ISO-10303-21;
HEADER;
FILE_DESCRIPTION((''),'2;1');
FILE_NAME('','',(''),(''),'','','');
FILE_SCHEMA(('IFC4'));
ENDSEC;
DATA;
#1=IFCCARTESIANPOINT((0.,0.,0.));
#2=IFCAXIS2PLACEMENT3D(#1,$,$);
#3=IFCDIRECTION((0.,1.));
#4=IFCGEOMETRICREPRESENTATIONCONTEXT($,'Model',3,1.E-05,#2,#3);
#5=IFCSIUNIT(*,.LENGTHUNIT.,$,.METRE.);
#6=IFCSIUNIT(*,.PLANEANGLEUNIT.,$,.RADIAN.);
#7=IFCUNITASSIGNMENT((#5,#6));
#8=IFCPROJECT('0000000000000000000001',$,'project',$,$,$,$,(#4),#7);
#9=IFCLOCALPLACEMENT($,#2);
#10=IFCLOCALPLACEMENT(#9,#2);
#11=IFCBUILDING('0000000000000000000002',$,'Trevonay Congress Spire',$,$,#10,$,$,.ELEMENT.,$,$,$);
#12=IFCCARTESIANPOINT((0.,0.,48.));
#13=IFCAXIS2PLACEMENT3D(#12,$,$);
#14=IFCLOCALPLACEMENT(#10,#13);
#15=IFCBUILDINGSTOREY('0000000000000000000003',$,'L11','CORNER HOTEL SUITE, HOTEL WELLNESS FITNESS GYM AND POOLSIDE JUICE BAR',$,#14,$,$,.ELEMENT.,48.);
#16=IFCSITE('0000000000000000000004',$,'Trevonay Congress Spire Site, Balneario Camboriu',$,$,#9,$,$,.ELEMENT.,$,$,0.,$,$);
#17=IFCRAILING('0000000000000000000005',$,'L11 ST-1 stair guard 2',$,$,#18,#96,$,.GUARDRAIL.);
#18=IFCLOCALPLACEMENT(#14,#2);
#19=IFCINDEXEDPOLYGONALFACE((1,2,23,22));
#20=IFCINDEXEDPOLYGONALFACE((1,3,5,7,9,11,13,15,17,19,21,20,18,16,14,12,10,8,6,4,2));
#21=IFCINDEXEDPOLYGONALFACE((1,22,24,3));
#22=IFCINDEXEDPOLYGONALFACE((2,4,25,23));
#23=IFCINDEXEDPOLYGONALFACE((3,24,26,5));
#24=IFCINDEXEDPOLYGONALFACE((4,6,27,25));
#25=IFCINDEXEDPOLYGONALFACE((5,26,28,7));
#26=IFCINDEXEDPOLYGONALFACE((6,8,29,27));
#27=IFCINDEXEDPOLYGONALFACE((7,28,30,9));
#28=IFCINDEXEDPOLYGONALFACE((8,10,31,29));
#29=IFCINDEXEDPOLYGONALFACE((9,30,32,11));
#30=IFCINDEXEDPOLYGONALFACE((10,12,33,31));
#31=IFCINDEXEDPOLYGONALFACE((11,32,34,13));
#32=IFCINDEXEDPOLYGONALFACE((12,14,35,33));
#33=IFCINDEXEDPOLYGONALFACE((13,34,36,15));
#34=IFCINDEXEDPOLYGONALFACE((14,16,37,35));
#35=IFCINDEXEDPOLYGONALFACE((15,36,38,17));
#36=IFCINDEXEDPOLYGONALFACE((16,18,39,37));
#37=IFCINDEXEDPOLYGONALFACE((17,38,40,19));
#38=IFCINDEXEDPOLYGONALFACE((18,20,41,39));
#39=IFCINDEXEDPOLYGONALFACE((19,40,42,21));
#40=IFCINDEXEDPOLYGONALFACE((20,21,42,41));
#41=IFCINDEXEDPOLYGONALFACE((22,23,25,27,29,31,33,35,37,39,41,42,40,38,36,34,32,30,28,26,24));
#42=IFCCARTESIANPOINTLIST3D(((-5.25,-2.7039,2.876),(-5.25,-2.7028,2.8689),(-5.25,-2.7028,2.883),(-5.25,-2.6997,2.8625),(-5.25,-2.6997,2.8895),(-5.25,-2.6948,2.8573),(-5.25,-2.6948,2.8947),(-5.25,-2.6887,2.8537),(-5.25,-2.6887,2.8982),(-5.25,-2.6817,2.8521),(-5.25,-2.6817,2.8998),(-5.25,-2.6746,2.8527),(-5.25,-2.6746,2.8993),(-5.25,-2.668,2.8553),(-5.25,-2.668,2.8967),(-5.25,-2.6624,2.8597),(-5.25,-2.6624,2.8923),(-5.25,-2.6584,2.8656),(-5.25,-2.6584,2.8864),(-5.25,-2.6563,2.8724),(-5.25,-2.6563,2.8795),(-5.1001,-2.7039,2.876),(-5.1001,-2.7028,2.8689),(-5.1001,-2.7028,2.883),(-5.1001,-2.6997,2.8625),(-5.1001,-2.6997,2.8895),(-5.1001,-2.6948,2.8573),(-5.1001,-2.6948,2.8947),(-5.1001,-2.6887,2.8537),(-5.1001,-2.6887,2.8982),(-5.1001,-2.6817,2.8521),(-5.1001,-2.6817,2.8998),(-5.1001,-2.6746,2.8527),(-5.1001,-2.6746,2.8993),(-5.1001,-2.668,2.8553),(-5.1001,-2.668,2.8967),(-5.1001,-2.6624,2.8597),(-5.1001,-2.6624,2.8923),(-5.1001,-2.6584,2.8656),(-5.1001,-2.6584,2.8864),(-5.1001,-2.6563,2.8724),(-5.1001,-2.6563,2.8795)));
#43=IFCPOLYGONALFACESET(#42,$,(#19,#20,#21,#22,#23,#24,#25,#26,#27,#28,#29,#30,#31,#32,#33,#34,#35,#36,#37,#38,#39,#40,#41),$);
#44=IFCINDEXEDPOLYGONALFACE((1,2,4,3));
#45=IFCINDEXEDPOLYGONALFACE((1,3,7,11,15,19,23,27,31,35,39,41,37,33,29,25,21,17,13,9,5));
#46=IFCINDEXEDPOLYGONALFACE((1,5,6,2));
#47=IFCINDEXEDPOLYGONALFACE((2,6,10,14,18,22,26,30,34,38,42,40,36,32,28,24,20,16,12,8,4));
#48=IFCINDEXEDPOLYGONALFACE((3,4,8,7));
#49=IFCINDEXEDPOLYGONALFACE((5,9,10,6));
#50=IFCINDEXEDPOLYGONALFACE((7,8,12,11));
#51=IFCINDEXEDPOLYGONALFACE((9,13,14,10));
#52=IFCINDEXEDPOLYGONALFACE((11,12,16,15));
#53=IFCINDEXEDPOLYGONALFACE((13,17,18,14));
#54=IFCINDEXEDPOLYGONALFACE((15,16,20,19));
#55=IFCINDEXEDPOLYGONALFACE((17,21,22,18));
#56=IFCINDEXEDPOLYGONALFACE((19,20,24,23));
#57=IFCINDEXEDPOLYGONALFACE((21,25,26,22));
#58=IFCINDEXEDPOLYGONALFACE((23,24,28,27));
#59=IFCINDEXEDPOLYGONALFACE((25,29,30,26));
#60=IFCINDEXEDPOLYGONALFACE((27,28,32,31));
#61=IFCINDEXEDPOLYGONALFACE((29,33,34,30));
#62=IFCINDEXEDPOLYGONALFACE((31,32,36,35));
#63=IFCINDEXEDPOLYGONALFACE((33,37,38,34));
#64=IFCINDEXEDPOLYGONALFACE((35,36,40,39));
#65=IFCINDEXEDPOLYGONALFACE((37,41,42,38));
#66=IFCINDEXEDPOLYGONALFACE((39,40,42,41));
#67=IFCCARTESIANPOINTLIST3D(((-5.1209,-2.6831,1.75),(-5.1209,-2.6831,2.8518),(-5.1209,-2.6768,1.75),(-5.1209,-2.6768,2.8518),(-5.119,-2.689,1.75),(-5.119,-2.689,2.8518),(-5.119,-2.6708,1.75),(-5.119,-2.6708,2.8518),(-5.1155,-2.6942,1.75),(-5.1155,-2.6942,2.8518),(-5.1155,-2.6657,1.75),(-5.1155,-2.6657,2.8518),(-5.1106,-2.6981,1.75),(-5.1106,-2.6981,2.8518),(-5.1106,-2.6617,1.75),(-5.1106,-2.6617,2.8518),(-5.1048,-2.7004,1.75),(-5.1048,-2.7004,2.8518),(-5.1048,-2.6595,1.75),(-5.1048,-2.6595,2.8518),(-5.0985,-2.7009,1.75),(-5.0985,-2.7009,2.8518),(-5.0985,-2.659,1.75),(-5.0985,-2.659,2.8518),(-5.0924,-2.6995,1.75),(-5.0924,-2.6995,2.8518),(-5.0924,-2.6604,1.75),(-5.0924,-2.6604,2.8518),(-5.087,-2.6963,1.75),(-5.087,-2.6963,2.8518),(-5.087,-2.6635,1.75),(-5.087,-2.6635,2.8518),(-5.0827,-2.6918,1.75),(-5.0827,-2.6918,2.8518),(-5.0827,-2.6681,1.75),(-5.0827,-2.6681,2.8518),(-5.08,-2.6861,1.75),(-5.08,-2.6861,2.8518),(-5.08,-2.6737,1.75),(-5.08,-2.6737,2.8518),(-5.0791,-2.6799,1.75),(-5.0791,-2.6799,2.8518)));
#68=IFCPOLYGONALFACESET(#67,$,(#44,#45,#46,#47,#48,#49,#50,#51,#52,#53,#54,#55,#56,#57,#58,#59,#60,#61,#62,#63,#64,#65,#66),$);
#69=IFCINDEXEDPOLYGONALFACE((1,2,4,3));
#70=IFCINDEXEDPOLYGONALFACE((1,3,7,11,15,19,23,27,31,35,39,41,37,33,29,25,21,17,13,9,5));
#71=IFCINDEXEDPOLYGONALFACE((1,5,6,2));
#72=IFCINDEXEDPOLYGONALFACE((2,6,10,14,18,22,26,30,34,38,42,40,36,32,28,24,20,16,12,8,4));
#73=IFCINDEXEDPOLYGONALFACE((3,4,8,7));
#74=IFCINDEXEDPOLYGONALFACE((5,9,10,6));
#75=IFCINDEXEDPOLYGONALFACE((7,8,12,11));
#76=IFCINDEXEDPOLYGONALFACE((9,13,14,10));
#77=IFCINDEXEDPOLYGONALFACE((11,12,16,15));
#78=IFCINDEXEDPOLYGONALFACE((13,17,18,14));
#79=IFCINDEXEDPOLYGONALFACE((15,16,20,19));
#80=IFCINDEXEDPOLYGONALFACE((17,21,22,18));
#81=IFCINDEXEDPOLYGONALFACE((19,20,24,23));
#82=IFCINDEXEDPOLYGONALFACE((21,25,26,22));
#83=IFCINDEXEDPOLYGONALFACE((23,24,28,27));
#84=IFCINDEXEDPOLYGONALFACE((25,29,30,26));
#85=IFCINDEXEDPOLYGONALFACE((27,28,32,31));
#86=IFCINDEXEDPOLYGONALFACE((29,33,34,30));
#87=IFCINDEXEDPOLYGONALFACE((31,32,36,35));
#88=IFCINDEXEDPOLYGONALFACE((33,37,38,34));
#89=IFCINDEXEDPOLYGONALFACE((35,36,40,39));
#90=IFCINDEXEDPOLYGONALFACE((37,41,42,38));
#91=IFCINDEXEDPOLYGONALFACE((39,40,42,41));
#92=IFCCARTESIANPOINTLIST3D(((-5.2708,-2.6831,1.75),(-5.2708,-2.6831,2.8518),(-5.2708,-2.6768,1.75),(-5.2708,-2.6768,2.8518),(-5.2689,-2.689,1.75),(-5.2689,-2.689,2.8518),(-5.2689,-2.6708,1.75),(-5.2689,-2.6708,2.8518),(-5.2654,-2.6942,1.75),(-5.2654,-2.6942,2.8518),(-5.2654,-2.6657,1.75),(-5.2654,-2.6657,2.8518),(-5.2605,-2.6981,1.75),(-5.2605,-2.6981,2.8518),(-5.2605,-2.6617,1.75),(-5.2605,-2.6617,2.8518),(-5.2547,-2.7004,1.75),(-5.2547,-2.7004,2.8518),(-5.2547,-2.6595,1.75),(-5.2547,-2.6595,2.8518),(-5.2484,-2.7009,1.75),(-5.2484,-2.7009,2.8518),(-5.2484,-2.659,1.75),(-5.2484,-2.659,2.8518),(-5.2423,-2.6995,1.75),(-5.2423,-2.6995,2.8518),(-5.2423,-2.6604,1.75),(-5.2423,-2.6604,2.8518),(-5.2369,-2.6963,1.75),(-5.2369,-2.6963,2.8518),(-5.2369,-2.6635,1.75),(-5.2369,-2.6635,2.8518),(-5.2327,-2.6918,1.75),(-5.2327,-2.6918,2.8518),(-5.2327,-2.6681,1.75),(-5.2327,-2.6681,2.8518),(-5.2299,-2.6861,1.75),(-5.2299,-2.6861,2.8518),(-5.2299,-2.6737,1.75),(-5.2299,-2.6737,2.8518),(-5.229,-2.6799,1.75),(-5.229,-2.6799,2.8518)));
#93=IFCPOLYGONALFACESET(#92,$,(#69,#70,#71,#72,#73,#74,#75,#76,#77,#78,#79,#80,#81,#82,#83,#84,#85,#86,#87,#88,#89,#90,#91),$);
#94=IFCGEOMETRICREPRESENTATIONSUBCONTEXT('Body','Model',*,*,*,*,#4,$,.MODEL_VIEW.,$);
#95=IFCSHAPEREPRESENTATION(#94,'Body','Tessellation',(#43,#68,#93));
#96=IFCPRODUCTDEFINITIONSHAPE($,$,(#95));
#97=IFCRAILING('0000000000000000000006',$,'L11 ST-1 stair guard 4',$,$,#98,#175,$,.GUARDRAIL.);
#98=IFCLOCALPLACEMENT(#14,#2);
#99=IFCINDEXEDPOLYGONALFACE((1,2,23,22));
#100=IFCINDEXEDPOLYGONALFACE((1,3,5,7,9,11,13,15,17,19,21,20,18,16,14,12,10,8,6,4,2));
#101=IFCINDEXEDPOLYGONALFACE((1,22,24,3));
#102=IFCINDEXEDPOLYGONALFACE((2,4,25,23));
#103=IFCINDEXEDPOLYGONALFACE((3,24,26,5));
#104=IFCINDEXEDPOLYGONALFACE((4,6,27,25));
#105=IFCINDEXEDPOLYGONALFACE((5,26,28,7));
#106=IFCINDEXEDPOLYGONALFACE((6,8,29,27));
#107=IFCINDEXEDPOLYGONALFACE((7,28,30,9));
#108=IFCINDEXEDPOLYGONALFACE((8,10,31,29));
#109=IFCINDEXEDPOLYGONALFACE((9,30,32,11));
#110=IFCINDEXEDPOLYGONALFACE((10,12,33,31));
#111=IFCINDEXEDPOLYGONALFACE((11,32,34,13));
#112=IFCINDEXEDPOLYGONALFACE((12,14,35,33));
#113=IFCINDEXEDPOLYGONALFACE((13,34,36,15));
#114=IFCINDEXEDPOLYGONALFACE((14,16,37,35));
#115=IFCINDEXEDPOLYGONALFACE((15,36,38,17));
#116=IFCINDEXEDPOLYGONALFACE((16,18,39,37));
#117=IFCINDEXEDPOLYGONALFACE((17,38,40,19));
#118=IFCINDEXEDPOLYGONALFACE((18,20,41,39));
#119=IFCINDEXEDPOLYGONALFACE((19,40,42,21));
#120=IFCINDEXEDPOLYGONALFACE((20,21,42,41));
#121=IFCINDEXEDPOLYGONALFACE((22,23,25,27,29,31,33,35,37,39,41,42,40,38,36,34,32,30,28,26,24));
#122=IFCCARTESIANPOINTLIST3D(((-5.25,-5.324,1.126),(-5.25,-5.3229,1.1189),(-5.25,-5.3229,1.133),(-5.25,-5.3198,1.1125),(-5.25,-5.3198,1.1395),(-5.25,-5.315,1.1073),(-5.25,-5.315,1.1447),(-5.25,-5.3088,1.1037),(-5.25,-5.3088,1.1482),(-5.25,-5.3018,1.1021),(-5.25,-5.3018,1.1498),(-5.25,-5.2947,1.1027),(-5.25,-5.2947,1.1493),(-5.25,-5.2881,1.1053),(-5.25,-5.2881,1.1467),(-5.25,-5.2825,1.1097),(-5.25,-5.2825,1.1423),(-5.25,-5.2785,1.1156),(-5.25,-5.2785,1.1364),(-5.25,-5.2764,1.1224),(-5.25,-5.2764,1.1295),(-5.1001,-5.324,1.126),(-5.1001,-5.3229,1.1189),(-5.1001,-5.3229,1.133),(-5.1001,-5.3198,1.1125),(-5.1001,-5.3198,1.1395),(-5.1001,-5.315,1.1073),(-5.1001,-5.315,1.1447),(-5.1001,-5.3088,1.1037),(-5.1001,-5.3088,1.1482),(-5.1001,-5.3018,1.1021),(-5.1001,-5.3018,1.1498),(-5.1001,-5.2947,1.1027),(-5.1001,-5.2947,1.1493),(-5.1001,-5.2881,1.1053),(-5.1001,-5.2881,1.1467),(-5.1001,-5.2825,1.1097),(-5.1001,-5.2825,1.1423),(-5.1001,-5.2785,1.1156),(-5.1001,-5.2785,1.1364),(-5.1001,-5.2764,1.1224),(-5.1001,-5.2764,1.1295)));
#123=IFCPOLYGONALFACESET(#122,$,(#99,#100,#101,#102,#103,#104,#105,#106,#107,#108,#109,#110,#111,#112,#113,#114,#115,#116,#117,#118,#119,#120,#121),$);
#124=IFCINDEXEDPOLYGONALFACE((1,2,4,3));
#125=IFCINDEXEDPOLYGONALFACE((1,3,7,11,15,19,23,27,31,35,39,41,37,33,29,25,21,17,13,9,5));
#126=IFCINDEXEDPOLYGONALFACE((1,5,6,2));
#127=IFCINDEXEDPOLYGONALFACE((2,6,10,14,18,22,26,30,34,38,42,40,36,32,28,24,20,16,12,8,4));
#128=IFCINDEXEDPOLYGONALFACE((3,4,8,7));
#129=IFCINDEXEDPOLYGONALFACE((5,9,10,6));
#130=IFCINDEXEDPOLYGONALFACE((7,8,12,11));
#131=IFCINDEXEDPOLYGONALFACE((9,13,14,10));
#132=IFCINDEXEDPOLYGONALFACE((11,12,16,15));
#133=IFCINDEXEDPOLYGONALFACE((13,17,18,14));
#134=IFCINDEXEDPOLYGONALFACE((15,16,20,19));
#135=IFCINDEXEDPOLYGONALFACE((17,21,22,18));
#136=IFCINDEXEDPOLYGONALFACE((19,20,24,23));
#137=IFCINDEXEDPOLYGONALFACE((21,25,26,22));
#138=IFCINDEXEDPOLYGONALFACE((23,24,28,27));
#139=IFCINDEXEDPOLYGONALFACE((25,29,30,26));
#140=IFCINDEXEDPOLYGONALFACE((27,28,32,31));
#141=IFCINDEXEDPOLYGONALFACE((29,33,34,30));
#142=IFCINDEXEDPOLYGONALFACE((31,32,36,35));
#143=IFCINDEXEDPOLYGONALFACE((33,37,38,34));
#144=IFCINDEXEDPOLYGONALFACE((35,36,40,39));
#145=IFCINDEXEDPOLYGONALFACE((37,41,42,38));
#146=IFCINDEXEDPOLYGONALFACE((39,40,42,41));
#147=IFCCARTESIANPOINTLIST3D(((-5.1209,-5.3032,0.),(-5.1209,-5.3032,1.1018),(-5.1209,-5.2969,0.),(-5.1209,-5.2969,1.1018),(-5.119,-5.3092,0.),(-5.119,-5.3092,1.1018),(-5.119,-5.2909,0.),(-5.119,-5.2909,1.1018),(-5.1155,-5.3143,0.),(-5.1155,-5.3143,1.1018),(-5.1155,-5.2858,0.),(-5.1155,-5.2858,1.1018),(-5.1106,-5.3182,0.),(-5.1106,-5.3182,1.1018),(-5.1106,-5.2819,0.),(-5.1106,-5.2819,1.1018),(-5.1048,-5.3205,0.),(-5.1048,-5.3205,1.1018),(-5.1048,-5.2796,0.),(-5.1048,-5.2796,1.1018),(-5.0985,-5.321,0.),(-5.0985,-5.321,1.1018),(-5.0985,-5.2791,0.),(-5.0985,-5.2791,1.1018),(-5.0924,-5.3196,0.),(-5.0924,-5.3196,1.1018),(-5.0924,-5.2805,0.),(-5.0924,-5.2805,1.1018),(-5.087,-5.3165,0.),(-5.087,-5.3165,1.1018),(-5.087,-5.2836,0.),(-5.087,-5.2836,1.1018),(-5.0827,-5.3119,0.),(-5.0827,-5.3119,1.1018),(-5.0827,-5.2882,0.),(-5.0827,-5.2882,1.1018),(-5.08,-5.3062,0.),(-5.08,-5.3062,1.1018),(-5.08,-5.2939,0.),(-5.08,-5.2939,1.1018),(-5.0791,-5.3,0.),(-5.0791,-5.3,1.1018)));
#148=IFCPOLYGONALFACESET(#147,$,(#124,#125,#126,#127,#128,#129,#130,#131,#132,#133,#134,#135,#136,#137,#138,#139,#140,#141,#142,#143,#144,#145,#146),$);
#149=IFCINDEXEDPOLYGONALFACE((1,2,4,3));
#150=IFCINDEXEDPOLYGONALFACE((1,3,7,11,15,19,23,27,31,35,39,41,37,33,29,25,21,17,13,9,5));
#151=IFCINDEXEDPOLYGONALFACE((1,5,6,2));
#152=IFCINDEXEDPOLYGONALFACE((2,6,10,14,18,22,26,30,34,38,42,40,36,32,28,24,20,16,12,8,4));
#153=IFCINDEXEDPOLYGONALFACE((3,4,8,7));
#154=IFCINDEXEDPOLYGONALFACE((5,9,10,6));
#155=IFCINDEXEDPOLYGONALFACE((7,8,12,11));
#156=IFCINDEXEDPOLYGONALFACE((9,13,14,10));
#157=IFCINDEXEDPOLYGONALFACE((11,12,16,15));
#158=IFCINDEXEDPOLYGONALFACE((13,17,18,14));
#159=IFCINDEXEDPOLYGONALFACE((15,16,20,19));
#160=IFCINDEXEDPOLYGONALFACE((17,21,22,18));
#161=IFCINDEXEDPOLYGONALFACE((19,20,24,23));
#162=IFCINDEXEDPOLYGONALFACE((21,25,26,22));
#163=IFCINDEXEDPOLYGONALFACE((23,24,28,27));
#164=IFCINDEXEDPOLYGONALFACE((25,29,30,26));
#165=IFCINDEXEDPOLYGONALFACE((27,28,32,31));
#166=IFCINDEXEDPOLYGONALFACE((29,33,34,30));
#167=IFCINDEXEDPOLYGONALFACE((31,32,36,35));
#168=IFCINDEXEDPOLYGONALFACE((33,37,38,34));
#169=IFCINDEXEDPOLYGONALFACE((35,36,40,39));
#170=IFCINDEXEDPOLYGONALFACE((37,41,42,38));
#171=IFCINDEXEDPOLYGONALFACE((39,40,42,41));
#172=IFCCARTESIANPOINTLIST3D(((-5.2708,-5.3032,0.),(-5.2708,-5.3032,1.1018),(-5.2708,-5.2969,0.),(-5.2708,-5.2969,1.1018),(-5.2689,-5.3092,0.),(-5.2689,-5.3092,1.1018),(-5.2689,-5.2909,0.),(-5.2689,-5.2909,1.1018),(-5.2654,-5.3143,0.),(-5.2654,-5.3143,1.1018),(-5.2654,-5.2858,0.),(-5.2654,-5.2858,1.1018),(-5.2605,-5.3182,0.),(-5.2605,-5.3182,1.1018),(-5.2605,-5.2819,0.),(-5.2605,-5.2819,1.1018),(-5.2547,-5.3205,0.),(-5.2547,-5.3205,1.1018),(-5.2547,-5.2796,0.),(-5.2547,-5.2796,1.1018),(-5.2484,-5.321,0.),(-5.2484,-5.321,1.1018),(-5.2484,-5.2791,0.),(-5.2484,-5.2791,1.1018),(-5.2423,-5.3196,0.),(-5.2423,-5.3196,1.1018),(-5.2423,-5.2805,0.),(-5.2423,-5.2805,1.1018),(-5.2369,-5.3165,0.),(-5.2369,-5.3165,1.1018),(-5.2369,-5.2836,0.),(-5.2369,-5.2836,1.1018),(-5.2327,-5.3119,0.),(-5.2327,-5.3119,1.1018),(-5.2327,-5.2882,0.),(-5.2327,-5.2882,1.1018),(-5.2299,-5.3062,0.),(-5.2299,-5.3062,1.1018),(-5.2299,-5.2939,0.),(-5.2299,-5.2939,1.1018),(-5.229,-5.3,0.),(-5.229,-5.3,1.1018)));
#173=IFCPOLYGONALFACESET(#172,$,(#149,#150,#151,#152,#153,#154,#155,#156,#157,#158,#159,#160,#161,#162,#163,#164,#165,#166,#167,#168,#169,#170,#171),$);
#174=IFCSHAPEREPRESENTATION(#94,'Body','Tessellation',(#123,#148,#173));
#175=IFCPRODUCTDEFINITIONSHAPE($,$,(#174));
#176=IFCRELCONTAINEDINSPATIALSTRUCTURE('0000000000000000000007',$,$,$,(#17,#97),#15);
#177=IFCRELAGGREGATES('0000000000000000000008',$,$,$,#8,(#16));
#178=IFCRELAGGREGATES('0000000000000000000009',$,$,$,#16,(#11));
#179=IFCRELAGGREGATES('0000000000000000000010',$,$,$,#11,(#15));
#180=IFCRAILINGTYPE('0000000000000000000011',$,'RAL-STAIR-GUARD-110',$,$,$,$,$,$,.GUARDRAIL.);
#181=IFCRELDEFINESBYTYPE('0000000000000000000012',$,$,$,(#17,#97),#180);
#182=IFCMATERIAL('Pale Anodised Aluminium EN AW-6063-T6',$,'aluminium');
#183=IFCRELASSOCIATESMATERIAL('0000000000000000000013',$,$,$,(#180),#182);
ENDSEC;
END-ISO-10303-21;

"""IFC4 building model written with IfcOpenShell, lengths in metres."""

from ifc_helpers import new_model, si_unit, direction, frame, origin, origin_2d, place, context, subcontext, project, spatial, circle, extrude, material, type_object, element, save


model = new_model("IFC4")

# Units and contexts
model_context = context("Model", 3, precision=1e-05, world=origin(), true_north=direction((0.0, 1.0)))
body_context = subcontext(model_context, "Body", "Model", "MODEL_VIEW")
ifc_project = project(units=[si_unit("LENGTHUNIT", "METRE"), si_unit("PLANEANGLEUNIT", "RADIAN")], contexts=[model_context])

# Site, building, storey
site_placement = place(None, origin())
site = spatial("IfcSite", under=ifc_project, at=site_placement, Name="Trevonay Congress Spire Site, Balneario Camboriu", CompositionType="ELEMENT", RefElevation=0.0)
building_placement = place(site_placement, origin())
building = spatial("IfcBuilding", under=site, at=building_placement, Name="Trevonay Congress Spire", CompositionType="ELEMENT")
storey_placement = place(building_placement, frame((0.0, 0.0, 48.0)))
storey = spatial("IfcBuildingStorey", under=building, at=storey_placement, Name="L11", Description="CORNER HOTEL SUITE, HOTEL WELLNESS FITNESS GYM AND POOLSIDE JUICE BAR", CompositionType="ELEMENT", Elevation=48.0)

# Railings
ifc_material_1 = material(Name="Pale Anodised Aluminium EN AW-6063-T6", Category="aluminium")
railing_type_1 = type_object("IfcRailingType", Name="RAL-STAIR-GUARD-110", PredefinedType="GUARDRAIL", material=ifc_material_1)
for number, where, name in (
    (1, (-5.1001, -2.6799, 1.75), "L11 ST-1 stair guard 2"),
    (2, (-5.1001, -5.3, 0.0), "L11 ST-1 stair guard 4"),
):
    element("IfcRailing", number, at=place(storey_placement, frame(where)), inside=storey, type_object=railing_type_1, Name=name, PredefinedType="GUARDRAIL", context=body_context, shape_type="SweptSolid", body=[
        extrude(circle(Radius=0.0239, at=origin_2d()), frame((0.0, 0.0, 1.126), z_axis=(-1.0, 0.0, 0.0), x_axis=(0.0, -1.0, 0.0)), (0.0, 0.0, 1.0), 0.1499),
        extrude(circle(Radius=0.021, at=origin_2d()), origin(), (0.0, 0.0, 1.0), 1.1018),
        extrude(circle(Radius=0.021, at=origin_2d()), frame((-0.1499, 0.0, 0.0)), (0.0, 0.0, 1.0), 1.1018),
    ])

save(model, "model.ifc")
